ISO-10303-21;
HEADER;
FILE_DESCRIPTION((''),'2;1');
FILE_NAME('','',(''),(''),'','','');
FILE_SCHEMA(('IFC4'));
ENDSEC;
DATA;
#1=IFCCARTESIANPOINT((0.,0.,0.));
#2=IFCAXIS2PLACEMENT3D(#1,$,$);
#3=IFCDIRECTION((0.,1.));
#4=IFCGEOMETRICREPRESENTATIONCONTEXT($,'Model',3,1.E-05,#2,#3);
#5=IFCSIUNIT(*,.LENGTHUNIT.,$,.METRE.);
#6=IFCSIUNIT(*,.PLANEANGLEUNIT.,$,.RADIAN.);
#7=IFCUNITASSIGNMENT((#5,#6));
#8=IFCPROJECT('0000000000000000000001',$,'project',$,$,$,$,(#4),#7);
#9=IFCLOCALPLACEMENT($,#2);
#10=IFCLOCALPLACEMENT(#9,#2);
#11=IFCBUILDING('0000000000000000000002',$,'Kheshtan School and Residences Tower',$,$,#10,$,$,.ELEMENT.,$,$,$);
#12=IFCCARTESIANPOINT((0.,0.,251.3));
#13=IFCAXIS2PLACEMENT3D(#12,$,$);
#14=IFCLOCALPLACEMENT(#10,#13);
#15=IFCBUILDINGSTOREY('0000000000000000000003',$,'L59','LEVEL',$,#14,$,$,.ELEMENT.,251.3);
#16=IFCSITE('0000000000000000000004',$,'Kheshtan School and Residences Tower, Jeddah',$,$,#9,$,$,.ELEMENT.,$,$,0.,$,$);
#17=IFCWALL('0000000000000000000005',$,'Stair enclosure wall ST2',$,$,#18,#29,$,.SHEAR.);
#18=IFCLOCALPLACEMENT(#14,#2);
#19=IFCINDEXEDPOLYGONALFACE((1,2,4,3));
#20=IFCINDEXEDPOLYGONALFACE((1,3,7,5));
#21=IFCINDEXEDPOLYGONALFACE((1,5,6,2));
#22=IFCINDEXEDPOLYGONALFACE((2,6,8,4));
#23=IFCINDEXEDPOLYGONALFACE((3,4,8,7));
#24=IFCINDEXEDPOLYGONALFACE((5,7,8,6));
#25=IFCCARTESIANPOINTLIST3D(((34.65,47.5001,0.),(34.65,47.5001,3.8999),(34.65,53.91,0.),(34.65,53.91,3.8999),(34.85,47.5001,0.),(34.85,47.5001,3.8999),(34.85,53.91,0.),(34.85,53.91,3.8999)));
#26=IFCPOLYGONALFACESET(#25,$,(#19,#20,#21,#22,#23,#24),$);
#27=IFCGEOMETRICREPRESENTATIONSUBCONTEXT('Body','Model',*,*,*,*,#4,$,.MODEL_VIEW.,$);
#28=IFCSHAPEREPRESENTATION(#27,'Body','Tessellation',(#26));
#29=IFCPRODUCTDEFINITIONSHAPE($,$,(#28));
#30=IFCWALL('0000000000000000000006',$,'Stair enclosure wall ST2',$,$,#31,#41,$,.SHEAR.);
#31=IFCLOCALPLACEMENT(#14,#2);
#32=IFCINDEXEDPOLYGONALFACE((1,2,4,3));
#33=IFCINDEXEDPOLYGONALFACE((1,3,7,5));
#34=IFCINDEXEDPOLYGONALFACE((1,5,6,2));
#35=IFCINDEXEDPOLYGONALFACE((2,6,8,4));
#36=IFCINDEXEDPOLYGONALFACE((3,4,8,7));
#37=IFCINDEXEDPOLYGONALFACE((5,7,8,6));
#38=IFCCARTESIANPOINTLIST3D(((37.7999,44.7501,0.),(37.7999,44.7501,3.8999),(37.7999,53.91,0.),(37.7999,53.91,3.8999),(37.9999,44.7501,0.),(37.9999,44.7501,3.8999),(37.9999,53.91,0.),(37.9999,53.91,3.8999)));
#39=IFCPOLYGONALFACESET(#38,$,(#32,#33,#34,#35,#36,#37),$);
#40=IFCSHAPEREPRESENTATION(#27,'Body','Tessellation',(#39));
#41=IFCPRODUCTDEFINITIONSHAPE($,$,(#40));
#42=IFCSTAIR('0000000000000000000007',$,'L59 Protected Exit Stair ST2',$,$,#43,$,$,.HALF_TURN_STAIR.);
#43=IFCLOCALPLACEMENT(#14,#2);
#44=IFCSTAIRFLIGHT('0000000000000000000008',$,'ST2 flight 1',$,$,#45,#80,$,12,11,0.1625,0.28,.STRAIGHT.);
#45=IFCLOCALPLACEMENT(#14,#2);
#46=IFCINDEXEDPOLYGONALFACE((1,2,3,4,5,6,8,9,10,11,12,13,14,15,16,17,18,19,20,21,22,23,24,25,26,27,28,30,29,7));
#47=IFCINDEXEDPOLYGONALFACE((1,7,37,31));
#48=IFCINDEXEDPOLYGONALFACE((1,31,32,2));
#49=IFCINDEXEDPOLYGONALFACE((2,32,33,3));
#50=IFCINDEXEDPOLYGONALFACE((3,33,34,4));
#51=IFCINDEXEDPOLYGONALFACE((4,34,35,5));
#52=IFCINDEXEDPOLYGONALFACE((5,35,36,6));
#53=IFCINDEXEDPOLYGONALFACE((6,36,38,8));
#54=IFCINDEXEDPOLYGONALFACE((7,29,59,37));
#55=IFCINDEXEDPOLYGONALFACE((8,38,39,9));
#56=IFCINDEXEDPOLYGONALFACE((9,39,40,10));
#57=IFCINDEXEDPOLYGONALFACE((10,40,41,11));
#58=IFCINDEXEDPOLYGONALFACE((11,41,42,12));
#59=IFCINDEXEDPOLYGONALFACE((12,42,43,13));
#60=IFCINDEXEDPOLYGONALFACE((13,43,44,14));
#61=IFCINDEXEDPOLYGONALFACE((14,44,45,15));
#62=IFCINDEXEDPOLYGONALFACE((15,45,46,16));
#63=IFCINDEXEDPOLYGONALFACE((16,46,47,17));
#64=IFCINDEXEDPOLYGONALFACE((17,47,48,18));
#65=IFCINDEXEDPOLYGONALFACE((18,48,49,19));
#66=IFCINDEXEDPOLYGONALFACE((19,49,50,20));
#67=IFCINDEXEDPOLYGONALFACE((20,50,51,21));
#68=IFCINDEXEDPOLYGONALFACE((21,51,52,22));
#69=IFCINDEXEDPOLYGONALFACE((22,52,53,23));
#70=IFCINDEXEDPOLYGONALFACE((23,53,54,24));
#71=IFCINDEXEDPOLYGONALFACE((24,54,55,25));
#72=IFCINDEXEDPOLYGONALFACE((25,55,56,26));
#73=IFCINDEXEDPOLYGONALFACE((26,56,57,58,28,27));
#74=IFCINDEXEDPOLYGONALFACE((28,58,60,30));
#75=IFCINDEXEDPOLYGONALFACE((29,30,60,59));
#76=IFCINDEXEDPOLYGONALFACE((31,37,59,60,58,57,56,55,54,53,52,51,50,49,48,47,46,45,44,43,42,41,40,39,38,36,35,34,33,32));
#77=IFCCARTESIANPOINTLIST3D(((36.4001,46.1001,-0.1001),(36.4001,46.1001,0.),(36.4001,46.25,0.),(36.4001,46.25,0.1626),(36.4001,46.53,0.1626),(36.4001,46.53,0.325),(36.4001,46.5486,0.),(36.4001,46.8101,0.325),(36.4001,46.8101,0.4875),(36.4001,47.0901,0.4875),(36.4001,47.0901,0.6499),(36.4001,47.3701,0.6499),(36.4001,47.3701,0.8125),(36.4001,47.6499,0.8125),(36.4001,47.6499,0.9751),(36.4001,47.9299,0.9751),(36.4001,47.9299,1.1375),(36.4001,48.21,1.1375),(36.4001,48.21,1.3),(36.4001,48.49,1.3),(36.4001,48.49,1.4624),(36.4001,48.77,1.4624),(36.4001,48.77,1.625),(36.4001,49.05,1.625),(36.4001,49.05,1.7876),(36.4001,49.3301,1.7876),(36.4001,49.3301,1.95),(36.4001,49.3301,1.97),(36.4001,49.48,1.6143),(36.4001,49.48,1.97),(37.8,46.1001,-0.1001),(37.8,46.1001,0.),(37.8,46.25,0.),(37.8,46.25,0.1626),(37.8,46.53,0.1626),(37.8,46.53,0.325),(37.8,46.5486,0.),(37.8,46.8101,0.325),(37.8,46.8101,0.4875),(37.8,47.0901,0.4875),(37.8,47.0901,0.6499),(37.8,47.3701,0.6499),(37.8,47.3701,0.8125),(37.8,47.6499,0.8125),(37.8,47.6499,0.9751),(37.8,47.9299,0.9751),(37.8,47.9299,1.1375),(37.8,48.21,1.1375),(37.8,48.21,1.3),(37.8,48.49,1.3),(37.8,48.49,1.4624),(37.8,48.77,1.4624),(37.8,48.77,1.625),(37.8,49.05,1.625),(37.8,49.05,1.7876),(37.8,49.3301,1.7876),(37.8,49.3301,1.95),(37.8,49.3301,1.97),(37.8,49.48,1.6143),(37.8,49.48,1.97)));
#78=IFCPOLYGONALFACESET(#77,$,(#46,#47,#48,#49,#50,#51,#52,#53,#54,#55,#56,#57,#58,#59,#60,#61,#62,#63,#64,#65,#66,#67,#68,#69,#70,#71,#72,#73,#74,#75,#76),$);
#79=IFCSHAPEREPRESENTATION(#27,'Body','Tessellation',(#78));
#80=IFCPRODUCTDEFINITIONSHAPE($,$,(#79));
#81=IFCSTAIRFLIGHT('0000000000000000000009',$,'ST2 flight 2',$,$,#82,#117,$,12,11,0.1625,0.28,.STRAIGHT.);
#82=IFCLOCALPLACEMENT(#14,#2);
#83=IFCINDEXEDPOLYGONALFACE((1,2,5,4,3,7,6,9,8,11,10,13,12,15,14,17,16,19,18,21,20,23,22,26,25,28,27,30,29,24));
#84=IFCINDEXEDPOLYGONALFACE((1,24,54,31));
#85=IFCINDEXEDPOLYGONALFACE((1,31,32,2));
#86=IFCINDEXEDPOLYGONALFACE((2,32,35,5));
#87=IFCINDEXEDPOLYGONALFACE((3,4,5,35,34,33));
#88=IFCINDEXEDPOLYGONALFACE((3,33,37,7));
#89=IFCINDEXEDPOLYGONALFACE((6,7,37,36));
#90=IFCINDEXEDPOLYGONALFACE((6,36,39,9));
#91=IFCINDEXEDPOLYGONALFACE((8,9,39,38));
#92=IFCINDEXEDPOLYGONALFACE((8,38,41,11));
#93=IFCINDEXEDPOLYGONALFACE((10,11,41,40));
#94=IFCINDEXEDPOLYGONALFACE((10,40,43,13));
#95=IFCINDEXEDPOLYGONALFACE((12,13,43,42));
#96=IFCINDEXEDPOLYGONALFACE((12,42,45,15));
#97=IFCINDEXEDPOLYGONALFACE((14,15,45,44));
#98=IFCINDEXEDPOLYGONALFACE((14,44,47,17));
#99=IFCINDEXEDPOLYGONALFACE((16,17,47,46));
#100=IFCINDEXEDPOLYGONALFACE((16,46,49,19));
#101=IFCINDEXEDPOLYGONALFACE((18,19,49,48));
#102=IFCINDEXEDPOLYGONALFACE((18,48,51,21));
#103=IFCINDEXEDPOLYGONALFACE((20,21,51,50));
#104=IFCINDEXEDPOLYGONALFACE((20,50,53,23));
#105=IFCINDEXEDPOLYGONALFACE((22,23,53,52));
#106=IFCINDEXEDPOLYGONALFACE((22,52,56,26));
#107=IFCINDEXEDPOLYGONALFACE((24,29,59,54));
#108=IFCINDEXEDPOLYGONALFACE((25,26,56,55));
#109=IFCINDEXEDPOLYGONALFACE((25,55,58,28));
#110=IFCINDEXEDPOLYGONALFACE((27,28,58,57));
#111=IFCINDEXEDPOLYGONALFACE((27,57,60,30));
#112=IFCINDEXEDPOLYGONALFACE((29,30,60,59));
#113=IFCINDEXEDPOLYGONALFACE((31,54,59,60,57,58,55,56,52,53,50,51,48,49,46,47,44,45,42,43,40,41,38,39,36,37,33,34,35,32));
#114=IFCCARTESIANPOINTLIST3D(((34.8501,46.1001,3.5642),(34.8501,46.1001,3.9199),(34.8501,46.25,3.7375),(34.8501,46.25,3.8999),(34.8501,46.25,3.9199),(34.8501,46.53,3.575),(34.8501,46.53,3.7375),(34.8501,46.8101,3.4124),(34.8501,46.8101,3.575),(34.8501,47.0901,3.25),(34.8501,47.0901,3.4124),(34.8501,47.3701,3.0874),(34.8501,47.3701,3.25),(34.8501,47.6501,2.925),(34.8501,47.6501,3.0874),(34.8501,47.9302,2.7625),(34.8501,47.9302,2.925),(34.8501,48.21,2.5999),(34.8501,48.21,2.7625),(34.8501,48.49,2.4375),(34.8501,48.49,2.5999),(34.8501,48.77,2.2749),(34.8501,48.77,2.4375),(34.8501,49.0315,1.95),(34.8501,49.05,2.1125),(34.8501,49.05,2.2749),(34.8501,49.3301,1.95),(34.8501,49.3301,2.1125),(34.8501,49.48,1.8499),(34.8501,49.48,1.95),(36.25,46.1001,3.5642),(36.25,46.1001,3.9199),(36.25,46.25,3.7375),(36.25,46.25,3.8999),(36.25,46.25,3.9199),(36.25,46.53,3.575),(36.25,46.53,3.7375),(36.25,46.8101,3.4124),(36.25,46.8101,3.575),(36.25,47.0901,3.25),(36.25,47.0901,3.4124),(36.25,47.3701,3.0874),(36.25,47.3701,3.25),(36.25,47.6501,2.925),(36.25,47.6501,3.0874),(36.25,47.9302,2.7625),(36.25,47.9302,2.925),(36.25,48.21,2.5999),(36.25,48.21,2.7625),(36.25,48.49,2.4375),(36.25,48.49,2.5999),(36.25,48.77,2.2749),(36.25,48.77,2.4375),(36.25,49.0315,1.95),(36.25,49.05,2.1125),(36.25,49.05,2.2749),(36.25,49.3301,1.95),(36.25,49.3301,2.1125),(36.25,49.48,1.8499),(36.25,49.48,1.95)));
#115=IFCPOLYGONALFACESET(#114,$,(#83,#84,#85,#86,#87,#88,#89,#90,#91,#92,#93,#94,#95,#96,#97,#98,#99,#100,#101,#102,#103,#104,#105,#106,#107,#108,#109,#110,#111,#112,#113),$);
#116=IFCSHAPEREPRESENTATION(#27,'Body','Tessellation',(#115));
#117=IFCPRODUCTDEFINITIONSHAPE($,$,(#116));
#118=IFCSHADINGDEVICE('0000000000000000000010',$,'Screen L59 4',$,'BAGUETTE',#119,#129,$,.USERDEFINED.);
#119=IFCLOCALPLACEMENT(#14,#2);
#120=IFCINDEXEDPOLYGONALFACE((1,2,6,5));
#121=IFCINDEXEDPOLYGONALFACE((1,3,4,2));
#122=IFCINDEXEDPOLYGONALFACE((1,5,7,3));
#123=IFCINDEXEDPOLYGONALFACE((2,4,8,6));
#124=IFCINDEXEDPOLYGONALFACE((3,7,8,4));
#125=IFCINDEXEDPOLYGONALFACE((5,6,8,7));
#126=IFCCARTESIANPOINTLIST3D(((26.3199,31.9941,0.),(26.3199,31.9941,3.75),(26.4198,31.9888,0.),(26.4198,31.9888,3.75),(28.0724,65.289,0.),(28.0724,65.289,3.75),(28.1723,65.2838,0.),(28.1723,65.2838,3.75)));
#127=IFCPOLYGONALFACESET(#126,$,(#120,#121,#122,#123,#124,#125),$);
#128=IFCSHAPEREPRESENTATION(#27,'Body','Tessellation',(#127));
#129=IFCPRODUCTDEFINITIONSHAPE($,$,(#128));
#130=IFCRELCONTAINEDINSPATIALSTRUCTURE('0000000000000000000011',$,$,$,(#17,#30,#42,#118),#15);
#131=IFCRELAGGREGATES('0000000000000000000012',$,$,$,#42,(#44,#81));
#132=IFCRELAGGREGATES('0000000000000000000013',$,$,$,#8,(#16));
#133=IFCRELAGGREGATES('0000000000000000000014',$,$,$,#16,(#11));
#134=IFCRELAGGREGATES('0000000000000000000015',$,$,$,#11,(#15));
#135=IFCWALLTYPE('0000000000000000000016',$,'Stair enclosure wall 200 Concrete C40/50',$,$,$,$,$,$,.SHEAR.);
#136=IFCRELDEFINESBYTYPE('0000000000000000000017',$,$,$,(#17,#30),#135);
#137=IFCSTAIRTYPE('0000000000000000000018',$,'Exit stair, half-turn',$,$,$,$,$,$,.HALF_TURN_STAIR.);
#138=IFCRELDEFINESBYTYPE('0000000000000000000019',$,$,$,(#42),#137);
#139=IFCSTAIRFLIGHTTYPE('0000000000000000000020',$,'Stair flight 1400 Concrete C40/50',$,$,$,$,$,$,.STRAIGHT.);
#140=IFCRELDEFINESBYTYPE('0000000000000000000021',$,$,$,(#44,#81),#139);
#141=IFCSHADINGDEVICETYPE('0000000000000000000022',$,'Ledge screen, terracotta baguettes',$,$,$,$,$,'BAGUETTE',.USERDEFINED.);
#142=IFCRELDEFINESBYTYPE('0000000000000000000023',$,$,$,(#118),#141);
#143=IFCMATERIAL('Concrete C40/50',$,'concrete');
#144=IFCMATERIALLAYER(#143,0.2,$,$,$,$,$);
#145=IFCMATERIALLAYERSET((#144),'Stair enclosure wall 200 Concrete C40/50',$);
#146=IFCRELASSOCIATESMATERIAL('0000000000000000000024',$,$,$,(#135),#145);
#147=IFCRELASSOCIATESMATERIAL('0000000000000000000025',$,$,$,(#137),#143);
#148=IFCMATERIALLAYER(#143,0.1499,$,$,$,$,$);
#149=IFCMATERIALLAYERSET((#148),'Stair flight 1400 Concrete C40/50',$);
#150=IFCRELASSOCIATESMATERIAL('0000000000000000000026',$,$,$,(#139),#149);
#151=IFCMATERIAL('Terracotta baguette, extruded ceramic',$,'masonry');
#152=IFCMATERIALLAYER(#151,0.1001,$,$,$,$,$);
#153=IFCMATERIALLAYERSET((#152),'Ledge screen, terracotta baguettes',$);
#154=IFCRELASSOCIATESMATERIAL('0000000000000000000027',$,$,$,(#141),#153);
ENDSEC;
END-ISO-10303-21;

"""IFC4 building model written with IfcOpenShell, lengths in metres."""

from ifc_helpers import new_model, si_unit, direction, frame, frame_2d, origin, origin_2d, place, context, subcontext, project, spatial, polyline, rectangle, outline, extrude, material, layer, layer_set, type_object, element, aggregate, save


model = new_model("IFC4")

# Units and contexts
model_context = context("Model", 3, precision=1e-05, world=origin(), true_north=direction((0.0, 1.0)))
body_context = subcontext(model_context, "Body", "Model", "MODEL_VIEW")
ifc_project = project(units=[si_unit("LENGTHUNIT", "METRE"), si_unit("PLANEANGLEUNIT", "RADIAN")], contexts=[model_context])

# Site, building, storey
site_placement = place(None, origin())
site = spatial("IfcSite", under=ifc_project, at=site_placement, Name="Kheshtan School and Residences Tower, Jeddah", CompositionType="ELEMENT", RefElevation=0.0)
building_placement = place(site_placement, origin())
building = spatial("IfcBuilding", under=site, at=building_placement, Name="Kheshtan School and Residences Tower", CompositionType="ELEMENT")
storey_placement = place(building_placement, frame((0.0, 0.0, 251.3)))
storey = spatial("IfcBuildingStorey", under=building, at=storey_placement, Name="L59", Description="LEVEL", CompositionType="ELEMENT", Elevation=251.3)

# Walls
ifc_material_1 = material(Name="Concrete C40/50", Category="concrete")
ifc_layer_1 = layer(ifc_material_1, 0.2)
ifc_layer_set_1 = layer_set([ifc_layer_1], Name="Stair enclosure wall 200 Concrete C40/50")
wall_type_1 = type_object("IfcWallType", Name="Stair enclosure wall 200 Concrete C40/50", PredefinedType="SHEAR", material=ifc_layer_set_1)
wall_1_placement = place(storey_placement, frame((34.75, 47.5, 0.0), z_axis=(0.0, 0.0, 1.0), x_axis=(0.0, 1.0, 0.0)))
element("IfcWall", 1, at=wall_1_placement, inside=storey, type_object=wall_type_1, Name="Stair enclosure wall ST2", PredefinedType="SHEAR", context=body_context, shape_type="SweptSolid", body=[
    extrude(rectangle(XDim=6.4099, YDim=0.2, at=frame_2d((3.2051, 0.0))), origin(), (0.0, 0.0, 1.0), 3.8999),
])
wall_2_placement = place(storey_placement, frame((37.8999, 44.75, 0.0), z_axis=(0.0, 0.0, 1.0), x_axis=(0.0, 1.0, 0.0)))
element("IfcWall", 2, at=wall_2_placement, inside=storey, type_object=wall_type_1, Name="Stair enclosure wall ST2", PredefinedType="SHEAR", context=body_context, shape_type="SweptSolid", body=[
    extrude(rectangle(XDim=9.1599, YDim=0.2, at=frame_2d((4.5801, 0.0))), origin(), (0.0, 0.0, 1.0), 3.8999),
])

# Stair, stair flights
stair_type = type_object("IfcStairType", Name="Exit stair, half-turn", PredefinedType="HALF_TURN_STAIR", material=ifc_material_1)
stair_placement = place(storey_placement, origin())
stair = element("IfcStair", 3, at=stair_placement, inside=storey, type_object=stair_type, Name="L59 Protected Exit Stair ST2", PredefinedType="HALF_TURN_STAIR")
ifc_layer_2 = layer(ifc_material_1, 0.1499)
ifc_layer_set_2 = layer_set([ifc_layer_2], Name="Stair flight 1400 Concrete C40/50")
stair_flight_type = type_object("IfcStairFlightType", Name="Stair flight 1400 Concrete C40/50", PredefinedType="STRAIGHT", material=ifc_layer_set_2)
stair_flight_1_placement = place(storey_placement, frame((37.1001, 46.25, 0.0), z_axis=(0.0, 0.0, 1.0), x_axis=(0.0, 1.0, 0.0)))
stair_flight_1 = element("IfcStairFlight", 4, at=stair_flight_1_placement, type_object=stair_flight_type, Name="ST2 flight 1", NumberOfRisers=12, NumberOfTreads=11, PredefinedType="STRAIGHT", RiserHeight=0.1625, TreadLength=0.28, context=body_context, shape_type="SweptSolid", body=[
    extrude(outline(polyline([(-0.1499, -0.1001), (-0.1499, 0.0), (0.0, 0.0), (0.0, 0.1626), (0.28, 0.1626), (0.28, 0.325), (0.5601, 0.325), (0.5601, 0.4875), (0.8401, 0.4875), (0.8401, 0.6499), (1.1201, 0.6499), (1.1201, 0.8125), (1.3999, 0.8125), (1.3999, 0.9751), (1.6799, 0.9751), (1.6799, 1.1375), (1.96, 1.1375), (1.96, 1.3), (2.24, 1.3), (2.24, 1.4624), (2.52, 1.4624), (2.52, 1.625), (2.8, 1.625), (2.8, 1.7876), (3.0801, 1.7876), (3.0801, 1.95), (3.0801, 1.97), (3.23, 1.97), (3.23, 1.6143), (0.2986, 0.0), (-0.1499, -0.1001)])), frame((0.0, 0.7, 0.0), z_axis=(0.0, -1.0, 0.0), x_axis=(1.0, 0.0, 0.0)), (0.0, 0.0, 1.0), 1.3999),
])
stair_flight_2_placement = place(storey_placement, frame((35.55, 49.3301, 1.95), z_axis=(0.0, 0.0, 1.0), x_axis=(0.0, -1.0, 0.0)))
stair_flight_2 = element("IfcStairFlight", 5, at=stair_flight_2_placement, type_object=stair_flight_type, Name="ST2 flight 2", NumberOfRisers=12, NumberOfTreads=11, PredefinedType="STRAIGHT", RiserHeight=0.1625, TreadLength=0.28, context=body_context, shape_type="SweptSolid", body=[
    extrude(outline(polyline([(-0.1499, -0.1001), (-0.1499, 0.0), (0.0, 0.0), (0.0, 0.1626), (0.28, 0.1626), (0.28, 0.325), (0.5601, 0.325), (0.5601, 0.4875), (0.8401, 0.4875), (0.8401, 0.6499), (1.1201, 0.6499), (1.1201, 0.8125), (1.3999, 0.8125), (1.3999, 0.9751), (1.6799, 0.9751), (1.6799, 1.1375), (1.96, 1.1375), (1.96, 1.3), (2.24, 1.3), (2.24, 1.4624), (2.52, 1.4624), (2.52, 1.625), (2.8, 1.625), (2.8, 1.7876), (3.0801, 1.7876), (3.0801, 1.95), (3.0801, 1.97), (3.23, 1.97), (3.23, 1.6143), (0.2986, 0.0), (-0.1499, -0.1001)])), frame((0.0, 0.7, 0.0), z_axis=(0.0, -1.0, 0.0), x_axis=(1.0, 0.0, 0.0)), (0.0, 0.0, 1.0), 1.3999),
])
aggregate(stair, [stair_flight_1, stair_flight_2])

# Shading device
ifc_material_2 = material(Name="Terracotta baguette, extruded ceramic", Category="masonry")
ifc_layer_3 = layer(ifc_material_2, 0.1001)
ifc_layer_set_3 = layer_set([ifc_layer_3], Name="Ledge screen, terracotta baguettes")
shading_device_type = type_object("IfcShadingDeviceType", Name="Ledge screen, terracotta baguettes", ElementType="BAGUETTE", PredefinedType="USERDEFINED", material=ifc_layer_set_3)
shading_device_placement = place(storey_placement, frame((27.2461, 48.6389, 0.0), z_axis=(0.0, 0.0, 1.0), x_axis=(0.052563, 0.998618, 0.0)))
element("IfcShadingDevice", 6, at=shading_device_placement, inside=storey, type_object=shading_device_type, Name="Screen L59 4", ObjectType="BAGUETTE", PredefinedType="USERDEFINED", context=body_context, shape_type="SweptSolid", body=[
    extrude(rectangle(XDim=33.3411, YDim=0.1001, at=origin_2d()), origin(), (0.0, 0.0, 1.0), 3.75),
])

save(model, "model.ifc")
